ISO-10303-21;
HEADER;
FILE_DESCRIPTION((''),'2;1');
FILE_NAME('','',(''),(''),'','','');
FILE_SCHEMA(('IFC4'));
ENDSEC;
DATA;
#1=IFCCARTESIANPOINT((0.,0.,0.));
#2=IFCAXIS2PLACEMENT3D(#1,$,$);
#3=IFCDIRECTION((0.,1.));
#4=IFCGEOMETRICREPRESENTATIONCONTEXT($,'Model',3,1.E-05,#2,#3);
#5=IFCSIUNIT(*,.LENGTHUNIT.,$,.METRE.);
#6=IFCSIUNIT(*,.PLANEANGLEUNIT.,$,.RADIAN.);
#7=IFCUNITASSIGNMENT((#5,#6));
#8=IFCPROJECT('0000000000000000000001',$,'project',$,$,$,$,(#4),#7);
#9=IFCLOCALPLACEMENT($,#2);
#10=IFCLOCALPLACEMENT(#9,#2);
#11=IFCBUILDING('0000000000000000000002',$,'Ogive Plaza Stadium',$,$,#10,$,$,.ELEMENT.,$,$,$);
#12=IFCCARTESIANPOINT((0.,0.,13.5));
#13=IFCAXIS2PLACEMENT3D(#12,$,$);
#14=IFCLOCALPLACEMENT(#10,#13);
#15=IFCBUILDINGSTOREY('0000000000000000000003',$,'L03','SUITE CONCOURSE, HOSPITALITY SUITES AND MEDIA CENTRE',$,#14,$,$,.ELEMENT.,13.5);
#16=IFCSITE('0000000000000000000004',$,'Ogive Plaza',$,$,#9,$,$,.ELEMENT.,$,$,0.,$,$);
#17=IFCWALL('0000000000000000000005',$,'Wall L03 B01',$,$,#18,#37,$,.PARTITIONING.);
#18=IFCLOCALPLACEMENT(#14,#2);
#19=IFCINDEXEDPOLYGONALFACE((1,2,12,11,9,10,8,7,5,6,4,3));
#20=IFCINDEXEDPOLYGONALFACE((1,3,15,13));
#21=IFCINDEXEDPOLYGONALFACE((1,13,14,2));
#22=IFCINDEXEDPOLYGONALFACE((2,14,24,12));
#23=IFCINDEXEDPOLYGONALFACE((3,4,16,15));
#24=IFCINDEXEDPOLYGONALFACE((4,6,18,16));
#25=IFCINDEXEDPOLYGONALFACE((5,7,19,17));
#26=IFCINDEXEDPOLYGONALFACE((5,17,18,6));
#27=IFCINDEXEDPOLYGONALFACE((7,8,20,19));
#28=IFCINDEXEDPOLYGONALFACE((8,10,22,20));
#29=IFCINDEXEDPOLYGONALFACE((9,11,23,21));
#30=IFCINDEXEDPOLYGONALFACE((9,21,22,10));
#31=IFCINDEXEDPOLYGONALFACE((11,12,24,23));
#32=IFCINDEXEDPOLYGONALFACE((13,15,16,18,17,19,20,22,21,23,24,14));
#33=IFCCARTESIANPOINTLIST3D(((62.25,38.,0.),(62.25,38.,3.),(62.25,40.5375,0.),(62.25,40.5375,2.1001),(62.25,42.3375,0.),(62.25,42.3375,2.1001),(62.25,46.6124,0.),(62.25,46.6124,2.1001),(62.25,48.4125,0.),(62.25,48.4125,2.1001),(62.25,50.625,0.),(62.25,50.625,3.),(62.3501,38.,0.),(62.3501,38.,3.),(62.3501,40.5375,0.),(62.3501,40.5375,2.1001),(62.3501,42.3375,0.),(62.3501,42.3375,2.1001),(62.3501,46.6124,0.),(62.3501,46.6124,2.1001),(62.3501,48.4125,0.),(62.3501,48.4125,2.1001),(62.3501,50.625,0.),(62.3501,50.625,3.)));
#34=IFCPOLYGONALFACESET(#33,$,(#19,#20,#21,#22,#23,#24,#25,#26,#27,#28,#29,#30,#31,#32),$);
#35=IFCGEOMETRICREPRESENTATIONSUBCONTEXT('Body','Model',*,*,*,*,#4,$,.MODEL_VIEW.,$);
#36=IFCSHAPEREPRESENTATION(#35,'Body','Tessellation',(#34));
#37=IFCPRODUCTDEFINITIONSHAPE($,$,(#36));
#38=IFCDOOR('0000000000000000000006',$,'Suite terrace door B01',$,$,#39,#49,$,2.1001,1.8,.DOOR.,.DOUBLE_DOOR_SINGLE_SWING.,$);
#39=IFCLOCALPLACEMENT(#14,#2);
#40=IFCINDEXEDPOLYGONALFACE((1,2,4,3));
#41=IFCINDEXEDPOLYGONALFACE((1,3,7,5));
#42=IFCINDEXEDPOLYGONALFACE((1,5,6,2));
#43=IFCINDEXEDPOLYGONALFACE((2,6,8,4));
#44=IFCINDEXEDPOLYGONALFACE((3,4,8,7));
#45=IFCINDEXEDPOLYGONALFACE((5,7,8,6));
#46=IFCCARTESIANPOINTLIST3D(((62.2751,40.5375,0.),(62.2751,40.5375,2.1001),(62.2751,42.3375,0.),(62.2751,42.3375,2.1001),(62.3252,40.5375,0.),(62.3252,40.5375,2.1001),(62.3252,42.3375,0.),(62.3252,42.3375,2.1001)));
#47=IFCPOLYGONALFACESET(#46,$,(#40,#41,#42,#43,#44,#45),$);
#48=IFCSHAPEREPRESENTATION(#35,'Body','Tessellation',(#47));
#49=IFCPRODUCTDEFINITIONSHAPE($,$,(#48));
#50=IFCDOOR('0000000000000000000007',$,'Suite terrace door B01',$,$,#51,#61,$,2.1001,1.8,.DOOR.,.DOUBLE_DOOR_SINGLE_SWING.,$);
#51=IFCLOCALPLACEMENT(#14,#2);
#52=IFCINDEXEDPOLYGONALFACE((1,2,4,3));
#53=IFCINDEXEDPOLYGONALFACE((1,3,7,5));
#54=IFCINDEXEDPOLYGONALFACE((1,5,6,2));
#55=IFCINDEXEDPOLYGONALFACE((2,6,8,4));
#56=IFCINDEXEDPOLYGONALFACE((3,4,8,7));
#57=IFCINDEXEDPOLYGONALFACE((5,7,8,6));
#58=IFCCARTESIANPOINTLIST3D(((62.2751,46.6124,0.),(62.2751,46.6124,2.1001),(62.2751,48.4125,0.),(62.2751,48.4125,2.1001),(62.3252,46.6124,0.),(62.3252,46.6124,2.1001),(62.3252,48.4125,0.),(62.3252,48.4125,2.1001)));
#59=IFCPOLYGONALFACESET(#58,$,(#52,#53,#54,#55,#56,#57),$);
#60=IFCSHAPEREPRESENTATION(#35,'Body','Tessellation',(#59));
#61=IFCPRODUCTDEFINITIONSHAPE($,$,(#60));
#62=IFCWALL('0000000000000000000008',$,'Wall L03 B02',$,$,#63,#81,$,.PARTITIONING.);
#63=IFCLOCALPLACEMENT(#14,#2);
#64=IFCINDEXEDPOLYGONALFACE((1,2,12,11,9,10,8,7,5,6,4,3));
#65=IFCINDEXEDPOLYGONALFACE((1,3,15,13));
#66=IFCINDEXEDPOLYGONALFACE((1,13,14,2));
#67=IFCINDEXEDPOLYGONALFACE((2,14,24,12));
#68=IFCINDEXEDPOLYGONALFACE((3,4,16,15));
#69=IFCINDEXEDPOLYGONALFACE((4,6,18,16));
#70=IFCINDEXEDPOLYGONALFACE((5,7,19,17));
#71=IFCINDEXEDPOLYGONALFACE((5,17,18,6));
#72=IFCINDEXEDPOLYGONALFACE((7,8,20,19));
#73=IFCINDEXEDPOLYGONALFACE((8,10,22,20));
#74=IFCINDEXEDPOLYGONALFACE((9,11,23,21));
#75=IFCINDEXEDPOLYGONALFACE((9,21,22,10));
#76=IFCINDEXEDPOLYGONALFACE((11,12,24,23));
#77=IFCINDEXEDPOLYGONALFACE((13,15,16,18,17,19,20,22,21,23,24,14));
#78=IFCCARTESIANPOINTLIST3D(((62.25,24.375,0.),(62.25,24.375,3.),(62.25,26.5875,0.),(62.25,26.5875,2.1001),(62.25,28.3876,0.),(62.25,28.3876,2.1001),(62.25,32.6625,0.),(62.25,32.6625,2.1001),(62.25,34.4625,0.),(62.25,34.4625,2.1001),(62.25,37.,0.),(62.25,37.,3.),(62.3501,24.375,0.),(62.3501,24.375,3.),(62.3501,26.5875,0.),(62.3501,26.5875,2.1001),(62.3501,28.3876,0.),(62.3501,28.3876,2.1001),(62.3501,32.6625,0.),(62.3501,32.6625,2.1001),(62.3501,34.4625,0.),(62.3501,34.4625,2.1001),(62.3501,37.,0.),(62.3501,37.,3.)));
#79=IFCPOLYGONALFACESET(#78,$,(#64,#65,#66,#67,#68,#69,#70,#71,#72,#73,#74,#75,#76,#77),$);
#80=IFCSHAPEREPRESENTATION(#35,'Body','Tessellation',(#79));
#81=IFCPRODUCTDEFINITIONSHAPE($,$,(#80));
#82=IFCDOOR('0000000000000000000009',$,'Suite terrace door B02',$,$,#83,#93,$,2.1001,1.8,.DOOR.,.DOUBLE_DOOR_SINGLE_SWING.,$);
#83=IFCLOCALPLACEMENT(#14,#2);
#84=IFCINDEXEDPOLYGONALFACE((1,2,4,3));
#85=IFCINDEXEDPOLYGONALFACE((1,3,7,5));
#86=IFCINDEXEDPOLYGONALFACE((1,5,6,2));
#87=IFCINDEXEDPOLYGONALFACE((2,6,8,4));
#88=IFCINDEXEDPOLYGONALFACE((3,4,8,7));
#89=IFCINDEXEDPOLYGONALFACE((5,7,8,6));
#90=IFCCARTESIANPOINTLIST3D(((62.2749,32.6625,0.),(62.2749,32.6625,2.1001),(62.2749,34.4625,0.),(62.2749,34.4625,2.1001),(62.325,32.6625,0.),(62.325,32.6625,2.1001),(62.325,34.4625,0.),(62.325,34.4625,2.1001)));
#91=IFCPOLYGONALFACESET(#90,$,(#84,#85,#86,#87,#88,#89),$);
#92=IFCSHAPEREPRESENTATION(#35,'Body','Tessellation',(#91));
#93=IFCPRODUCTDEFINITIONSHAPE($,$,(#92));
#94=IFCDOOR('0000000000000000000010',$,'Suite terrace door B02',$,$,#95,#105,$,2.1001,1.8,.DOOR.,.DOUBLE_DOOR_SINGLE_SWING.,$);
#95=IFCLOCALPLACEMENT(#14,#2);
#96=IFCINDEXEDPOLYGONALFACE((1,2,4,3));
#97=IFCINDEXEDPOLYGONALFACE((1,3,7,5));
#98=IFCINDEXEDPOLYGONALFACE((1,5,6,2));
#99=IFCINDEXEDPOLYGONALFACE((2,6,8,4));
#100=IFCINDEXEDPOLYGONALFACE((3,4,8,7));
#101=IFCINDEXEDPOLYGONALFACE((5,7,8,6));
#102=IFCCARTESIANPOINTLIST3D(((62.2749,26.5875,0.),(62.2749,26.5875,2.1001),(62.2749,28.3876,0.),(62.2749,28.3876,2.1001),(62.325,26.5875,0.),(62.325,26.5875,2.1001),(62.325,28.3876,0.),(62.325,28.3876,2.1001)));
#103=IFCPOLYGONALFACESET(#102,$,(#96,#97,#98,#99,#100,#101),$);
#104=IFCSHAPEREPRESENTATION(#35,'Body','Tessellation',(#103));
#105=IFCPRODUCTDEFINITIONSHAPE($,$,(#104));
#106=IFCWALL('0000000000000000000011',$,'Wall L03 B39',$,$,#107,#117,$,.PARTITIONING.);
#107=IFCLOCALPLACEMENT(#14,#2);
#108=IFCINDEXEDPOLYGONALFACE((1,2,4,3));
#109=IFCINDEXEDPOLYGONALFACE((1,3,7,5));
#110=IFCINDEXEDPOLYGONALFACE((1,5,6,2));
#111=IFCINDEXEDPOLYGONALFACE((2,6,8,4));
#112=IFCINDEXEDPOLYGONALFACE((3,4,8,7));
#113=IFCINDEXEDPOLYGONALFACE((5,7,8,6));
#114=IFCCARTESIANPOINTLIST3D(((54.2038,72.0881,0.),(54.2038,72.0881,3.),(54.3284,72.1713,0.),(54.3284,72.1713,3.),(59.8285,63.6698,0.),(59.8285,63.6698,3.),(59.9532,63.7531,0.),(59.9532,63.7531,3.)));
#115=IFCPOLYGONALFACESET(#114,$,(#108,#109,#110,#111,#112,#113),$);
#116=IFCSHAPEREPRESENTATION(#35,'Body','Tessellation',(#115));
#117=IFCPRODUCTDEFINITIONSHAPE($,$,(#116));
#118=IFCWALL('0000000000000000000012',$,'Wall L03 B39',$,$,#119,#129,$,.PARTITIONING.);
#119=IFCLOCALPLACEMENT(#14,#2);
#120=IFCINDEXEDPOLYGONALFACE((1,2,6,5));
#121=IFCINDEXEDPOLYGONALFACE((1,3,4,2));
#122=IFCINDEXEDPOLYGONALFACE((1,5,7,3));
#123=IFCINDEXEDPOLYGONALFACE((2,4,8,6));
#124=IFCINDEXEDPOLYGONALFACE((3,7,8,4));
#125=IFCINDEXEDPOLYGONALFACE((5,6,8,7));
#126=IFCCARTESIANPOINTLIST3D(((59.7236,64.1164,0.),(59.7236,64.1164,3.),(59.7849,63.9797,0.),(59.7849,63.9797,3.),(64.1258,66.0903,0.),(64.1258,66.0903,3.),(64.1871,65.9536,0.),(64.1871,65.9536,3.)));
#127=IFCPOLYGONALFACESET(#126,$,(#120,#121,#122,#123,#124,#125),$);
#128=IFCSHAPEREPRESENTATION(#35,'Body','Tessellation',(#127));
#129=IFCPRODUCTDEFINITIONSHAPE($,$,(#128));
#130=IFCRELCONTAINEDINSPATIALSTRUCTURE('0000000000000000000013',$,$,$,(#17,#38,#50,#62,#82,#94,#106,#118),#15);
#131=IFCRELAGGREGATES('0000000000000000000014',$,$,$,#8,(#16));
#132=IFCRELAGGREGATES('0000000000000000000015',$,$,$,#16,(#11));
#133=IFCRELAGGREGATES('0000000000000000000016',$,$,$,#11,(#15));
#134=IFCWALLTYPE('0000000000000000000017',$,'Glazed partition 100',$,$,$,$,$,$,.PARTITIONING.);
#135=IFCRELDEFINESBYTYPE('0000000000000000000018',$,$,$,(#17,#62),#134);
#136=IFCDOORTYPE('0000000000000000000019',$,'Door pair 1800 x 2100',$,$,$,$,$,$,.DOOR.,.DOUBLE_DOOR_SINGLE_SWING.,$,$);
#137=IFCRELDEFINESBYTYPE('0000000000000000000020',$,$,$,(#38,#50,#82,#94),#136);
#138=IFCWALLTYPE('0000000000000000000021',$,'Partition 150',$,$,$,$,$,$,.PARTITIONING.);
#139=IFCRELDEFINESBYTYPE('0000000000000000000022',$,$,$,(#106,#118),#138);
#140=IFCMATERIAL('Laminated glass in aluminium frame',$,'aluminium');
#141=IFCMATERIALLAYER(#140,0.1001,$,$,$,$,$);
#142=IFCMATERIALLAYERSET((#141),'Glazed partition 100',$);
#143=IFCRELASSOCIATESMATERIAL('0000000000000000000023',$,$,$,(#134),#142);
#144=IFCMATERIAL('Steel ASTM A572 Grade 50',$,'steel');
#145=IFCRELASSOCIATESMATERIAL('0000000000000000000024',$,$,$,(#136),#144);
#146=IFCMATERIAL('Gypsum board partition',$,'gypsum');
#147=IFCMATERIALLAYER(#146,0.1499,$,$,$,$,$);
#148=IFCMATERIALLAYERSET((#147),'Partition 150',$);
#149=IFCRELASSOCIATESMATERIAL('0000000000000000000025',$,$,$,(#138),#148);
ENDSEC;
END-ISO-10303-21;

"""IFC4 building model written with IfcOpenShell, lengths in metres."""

from ifc_helpers import new_model, si_unit, direction, frame, frame_2d, origin, place, context, subcontext, project, spatial, rectangle, extrude, material, layer, layer_set, type_object, element, fill, save


model = new_model("IFC4")

# Units and contexts
model_context = context("Model", 3, precision=1e-05, world=origin(), true_north=direction((0.0, 1.0)))
body_context = subcontext(model_context, "Body", "Model", "MODEL_VIEW")
ifc_project = project(units=[si_unit("LENGTHUNIT", "METRE"), si_unit("PLANEANGLEUNIT", "RADIAN")], contexts=[model_context])

# Site, building, storey
site_placement = place(None, origin())
site = spatial("IfcSite", under=ifc_project, at=site_placement, Name="Ogive Plaza", CompositionType="ELEMENT", RefElevation=0.0)
building_placement = place(site_placement, origin())
building = spatial("IfcBuilding", under=site, at=building_placement, Name="Ogive Plaza Stadium", CompositionType="ELEMENT")
storey_placement = place(building_placement, frame((0.0, 0.0, 13.5)))
storey = spatial("IfcBuildingStorey", under=building, at=storey_placement, Name="L03", Description="SUITE CONCOURSE, HOSPITALITY SUITES AND MEDIA CENTRE", CompositionType="ELEMENT", Elevation=13.5)

# Walls, openings, doors
ifc_material_1 = material(Name="Laminated glass in aluminium frame", Category="aluminium")
ifc_layer_1 = layer(ifc_material_1, 0.1001)
ifc_layer_set_1 = layer_set([ifc_layer_1], Name="Glazed partition 100")
wall_type_1 = type_object("IfcWallType", Name="Glazed partition 100", PredefinedType="PARTITIONING", material=ifc_layer_set_1)
wall_1_placement = place(storey_placement, frame((62.3, 38.0, 0.0), z_axis=(0.0, 0.0, 1.0), x_axis=(0.0, 1.0, 0.0)))
wall_1 = element("IfcWall", 1, at=wall_1_placement, inside=storey, type_object=wall_type_1, Name="Wall L03 B01", PredefinedType="PARTITIONING", context=body_context, shape_type="SweptSolid", body=[
    extrude(rectangle(XDim=12.625, YDim=0.1001, at=frame_2d((6.3125, 0.0))), origin(), (0.0, 0.0, 1.0), 3.0),
])
opening_1_placement = place(wall_1_placement, frame((2.5376, 0.0, 0.0)))
opening_1 = element("IfcOpeningElement", 2, at=opening_1_placement, cuts=wall_1, PredefinedType="OPENING", context=body_context, shape_type="SweptSolid", body=[
    extrude(rectangle(XDim=1.8, YDim=2.1001, at=frame_2d((0.8999, 1.05))), frame((0.0, 0.05, 0.0), z_axis=(0.0, -1.0, 0.0), x_axis=(1.0, 0.0, 0.0)), (0.0, 0.0, 1.0), 0.1001),
])
opening_2_placement = place(wall_1_placement, frame((8.6125, 0.0, 0.0)))
opening_2 = element("IfcOpeningElement", 3, at=opening_2_placement, cuts=wall_1, PredefinedType="OPENING", context=body_context, shape_type="SweptSolid", body=[
    extrude(rectangle(XDim=1.8, YDim=2.1001, at=frame_2d((0.8999, 1.05))), frame((0.0, 0.05, 0.0), z_axis=(0.0, -1.0, 0.0), x_axis=(1.0, 0.0, 0.0)), (0.0, 0.0, 1.0), 0.1001),
])
ifc_material_2 = material(Name="Steel ASTM A572 Grade 50", Category="steel")
door_type = type_object("IfcDoorType", Name="Door pair 1800 x 2100", OperationType="DOUBLE_DOOR_SINGLE_SWING", PredefinedType="DOOR", material=ifc_material_2)
door_1_placement = place(opening_1_placement, origin())
door_1 = element("IfcDoor", 4, at=door_1_placement, inside=storey, type_object=door_type, Name="Suite terrace door B01", OperationType="DOUBLE_DOOR_SINGLE_SWING", OverallHeight=2.1001, OverallWidth=1.8, PredefinedType="DOOR", context=body_context, shape_type="SweptSolid", body=[
    extrude(rectangle(XDim=1.8, YDim=2.1001, at=frame_2d((0.8999, 1.05))), frame((0.0, 0.0249, 0.0), z_axis=(0.0, -1.0, 0.0), x_axis=(1.0, 0.0, 0.0)), (0.0, 0.0, 1.0), 0.05),
])
fill(opening_1, door_1)
door_2_placement = place(opening_2_placement, origin())
door_2 = element("IfcDoor", 5, at=door_2_placement, inside=storey, type_object=door_type, Name="Suite terrace door B01", OperationType="DOUBLE_DOOR_SINGLE_SWING", OverallHeight=2.1001, OverallWidth=1.8, PredefinedType="DOOR", context=body_context, shape_type="SweptSolid", body=[
    extrude(rectangle(XDim=1.8, YDim=2.1001, at=frame_2d((0.8999, 1.05))), frame((0.0, 0.0249, 0.0), z_axis=(0.0, -1.0, 0.0), x_axis=(1.0, 0.0, 0.0)), (0.0, 0.0, 1.0), 0.05),
])
fill(opening_2, door_2)
wall_2_placement = place(storey_placement, frame((62.3, 37.0, 0.0), z_axis=(0.0, 0.0, 1.0), x_axis=(0.0, -1.0, 0.0)))
wall_2 = element("IfcWall", 6, at=wall_2_placement, inside=storey, type_object=wall_type_1, Name="Wall L03 B02", PredefinedType="PARTITIONING", context=body_context, shape_type="SweptSolid", body=[
    extrude(rectangle(XDim=12.625, YDim=0.1001, at=frame_2d((6.3125, 0.0))), origin(), (0.0, 0.0, 1.0), 3.0),
])
opening_3_placement = place(wall_2_placement, frame((2.5376, 0.0, 0.0)))
opening_3 = element("IfcOpeningElement", 7, at=opening_3_placement, cuts=wall_2, PredefinedType="OPENING", context=body_context, shape_type="SweptSolid", body=[
    extrude(rectangle(XDim=1.8, YDim=2.1001, at=frame_2d((0.8999, 1.05))), frame((0.0, 0.05, 0.0), z_axis=(0.0, -1.0, 0.0), x_axis=(1.0, 0.0, 0.0)), (0.0, 0.0, 1.0), 0.1001),
])
opening_4_placement = place(wall_2_placement, frame((8.6125, 0.0, 0.0)))
opening_4 = element("IfcOpeningElement", 8, at=opening_4_placement, cuts=wall_2, PredefinedType="OPENING", context=body_context, shape_type="SweptSolid", body=[
    extrude(rectangle(XDim=1.8, YDim=2.1001, at=frame_2d((0.8999, 1.05))), frame((0.0, 0.05, 0.0), z_axis=(0.0, -1.0, 0.0), x_axis=(1.0, 0.0, 0.0)), (0.0, 0.0, 1.0), 0.1001),
])
door_3_placement = place(opening_3_placement, origin())
door_3 = element("IfcDoor", 9, at=door_3_placement, inside=storey, type_object=door_type, Name="Suite terrace door B02", OperationType="DOUBLE_DOOR_SINGLE_SWING", OverallHeight=2.1001, OverallWidth=1.8, PredefinedType="DOOR", context=body_context, shape_type="SweptSolid", body=[
    extrude(rectangle(XDim=1.8, YDim=2.1001, at=frame_2d((0.8999, 1.05))), frame((0.0, 0.0249, 0.0), z_axis=(0.0, -1.0, 0.0), x_axis=(1.0, 0.0, 0.0)), (0.0, 0.0, 1.0), 0.05),
])
fill(opening_3, door_3)
door_4_placement = place(opening_4_placement, origin())
door_4 = element("IfcDoor", 10, at=door_4_placement, inside=storey, type_object=door_type, Name="Suite terrace door B02", OperationType="DOUBLE_DOOR_SINGLE_SWING", OverallHeight=2.1001, OverallWidth=1.8, PredefinedType="DOOR", context=body_context, shape_type="SweptSolid", body=[
    extrude(rectangle(XDim=1.8, YDim=2.1001, at=frame_2d((0.8999, 1.05))), frame((0.0, 0.0249, 0.0), z_axis=(0.0, -1.0, 0.0), x_axis=(1.0, 0.0, 0.0)), (0.0, 0.0, 1.0), 0.05),
])
fill(opening_4, door_4)

# Walls
ifc_material_3 = material(Name="Gypsum board partition", Category="gypsum")
ifc_layer_2 = layer(ifc_material_3, 0.1499)
ifc_layer_set_2 = layer_set([ifc_layer_2], Name="Partition 150")
wall_type_2 = type_object("IfcWallType", Name="Partition 150", PredefinedType="PARTITIONING", material=ifc_layer_set_2)
wall_3_placement = place(storey_placement, frame((59.8909, 63.7114, 0.0), z_axis=(0.0, 0.0, 1.0), x_axis=(-0.555562, 0.831475, 0.0)))
element("IfcWall", 11, at=wall_3_placement, inside=storey, type_object=wall_type_2, Name="Wall L03 B39", PredefinedType="PARTITIONING", context=body_context, shape_type="SweptSolid", body=[
    extrude(rectangle(XDim=10.1245, YDim=0.1499, at=frame_2d((5.0623, 0.0))), origin(), (0.0, 0.0, 1.0), 3.0),
])
wall_4_placement = place(storey_placement, frame((59.7544, 64.0481, 0.0), z_axis=(0.0, 0.0, 1.0), x_axis=(0.912469, 0.409146, 0.0)))
element("IfcWall", 12, at=wall_4_placement, inside=storey, type_object=wall_type_2, Name="Wall L03 B39", PredefinedType="PARTITIONING", context=body_context, shape_type="SweptSolid", body=[
    extrude(rectangle(XDim=4.8245, YDim=0.1499, at=frame_2d((2.4121, 0.0))), origin(), (0.0, 0.0, 1.0), 3.0),
])

save(model, "model.ifc")
